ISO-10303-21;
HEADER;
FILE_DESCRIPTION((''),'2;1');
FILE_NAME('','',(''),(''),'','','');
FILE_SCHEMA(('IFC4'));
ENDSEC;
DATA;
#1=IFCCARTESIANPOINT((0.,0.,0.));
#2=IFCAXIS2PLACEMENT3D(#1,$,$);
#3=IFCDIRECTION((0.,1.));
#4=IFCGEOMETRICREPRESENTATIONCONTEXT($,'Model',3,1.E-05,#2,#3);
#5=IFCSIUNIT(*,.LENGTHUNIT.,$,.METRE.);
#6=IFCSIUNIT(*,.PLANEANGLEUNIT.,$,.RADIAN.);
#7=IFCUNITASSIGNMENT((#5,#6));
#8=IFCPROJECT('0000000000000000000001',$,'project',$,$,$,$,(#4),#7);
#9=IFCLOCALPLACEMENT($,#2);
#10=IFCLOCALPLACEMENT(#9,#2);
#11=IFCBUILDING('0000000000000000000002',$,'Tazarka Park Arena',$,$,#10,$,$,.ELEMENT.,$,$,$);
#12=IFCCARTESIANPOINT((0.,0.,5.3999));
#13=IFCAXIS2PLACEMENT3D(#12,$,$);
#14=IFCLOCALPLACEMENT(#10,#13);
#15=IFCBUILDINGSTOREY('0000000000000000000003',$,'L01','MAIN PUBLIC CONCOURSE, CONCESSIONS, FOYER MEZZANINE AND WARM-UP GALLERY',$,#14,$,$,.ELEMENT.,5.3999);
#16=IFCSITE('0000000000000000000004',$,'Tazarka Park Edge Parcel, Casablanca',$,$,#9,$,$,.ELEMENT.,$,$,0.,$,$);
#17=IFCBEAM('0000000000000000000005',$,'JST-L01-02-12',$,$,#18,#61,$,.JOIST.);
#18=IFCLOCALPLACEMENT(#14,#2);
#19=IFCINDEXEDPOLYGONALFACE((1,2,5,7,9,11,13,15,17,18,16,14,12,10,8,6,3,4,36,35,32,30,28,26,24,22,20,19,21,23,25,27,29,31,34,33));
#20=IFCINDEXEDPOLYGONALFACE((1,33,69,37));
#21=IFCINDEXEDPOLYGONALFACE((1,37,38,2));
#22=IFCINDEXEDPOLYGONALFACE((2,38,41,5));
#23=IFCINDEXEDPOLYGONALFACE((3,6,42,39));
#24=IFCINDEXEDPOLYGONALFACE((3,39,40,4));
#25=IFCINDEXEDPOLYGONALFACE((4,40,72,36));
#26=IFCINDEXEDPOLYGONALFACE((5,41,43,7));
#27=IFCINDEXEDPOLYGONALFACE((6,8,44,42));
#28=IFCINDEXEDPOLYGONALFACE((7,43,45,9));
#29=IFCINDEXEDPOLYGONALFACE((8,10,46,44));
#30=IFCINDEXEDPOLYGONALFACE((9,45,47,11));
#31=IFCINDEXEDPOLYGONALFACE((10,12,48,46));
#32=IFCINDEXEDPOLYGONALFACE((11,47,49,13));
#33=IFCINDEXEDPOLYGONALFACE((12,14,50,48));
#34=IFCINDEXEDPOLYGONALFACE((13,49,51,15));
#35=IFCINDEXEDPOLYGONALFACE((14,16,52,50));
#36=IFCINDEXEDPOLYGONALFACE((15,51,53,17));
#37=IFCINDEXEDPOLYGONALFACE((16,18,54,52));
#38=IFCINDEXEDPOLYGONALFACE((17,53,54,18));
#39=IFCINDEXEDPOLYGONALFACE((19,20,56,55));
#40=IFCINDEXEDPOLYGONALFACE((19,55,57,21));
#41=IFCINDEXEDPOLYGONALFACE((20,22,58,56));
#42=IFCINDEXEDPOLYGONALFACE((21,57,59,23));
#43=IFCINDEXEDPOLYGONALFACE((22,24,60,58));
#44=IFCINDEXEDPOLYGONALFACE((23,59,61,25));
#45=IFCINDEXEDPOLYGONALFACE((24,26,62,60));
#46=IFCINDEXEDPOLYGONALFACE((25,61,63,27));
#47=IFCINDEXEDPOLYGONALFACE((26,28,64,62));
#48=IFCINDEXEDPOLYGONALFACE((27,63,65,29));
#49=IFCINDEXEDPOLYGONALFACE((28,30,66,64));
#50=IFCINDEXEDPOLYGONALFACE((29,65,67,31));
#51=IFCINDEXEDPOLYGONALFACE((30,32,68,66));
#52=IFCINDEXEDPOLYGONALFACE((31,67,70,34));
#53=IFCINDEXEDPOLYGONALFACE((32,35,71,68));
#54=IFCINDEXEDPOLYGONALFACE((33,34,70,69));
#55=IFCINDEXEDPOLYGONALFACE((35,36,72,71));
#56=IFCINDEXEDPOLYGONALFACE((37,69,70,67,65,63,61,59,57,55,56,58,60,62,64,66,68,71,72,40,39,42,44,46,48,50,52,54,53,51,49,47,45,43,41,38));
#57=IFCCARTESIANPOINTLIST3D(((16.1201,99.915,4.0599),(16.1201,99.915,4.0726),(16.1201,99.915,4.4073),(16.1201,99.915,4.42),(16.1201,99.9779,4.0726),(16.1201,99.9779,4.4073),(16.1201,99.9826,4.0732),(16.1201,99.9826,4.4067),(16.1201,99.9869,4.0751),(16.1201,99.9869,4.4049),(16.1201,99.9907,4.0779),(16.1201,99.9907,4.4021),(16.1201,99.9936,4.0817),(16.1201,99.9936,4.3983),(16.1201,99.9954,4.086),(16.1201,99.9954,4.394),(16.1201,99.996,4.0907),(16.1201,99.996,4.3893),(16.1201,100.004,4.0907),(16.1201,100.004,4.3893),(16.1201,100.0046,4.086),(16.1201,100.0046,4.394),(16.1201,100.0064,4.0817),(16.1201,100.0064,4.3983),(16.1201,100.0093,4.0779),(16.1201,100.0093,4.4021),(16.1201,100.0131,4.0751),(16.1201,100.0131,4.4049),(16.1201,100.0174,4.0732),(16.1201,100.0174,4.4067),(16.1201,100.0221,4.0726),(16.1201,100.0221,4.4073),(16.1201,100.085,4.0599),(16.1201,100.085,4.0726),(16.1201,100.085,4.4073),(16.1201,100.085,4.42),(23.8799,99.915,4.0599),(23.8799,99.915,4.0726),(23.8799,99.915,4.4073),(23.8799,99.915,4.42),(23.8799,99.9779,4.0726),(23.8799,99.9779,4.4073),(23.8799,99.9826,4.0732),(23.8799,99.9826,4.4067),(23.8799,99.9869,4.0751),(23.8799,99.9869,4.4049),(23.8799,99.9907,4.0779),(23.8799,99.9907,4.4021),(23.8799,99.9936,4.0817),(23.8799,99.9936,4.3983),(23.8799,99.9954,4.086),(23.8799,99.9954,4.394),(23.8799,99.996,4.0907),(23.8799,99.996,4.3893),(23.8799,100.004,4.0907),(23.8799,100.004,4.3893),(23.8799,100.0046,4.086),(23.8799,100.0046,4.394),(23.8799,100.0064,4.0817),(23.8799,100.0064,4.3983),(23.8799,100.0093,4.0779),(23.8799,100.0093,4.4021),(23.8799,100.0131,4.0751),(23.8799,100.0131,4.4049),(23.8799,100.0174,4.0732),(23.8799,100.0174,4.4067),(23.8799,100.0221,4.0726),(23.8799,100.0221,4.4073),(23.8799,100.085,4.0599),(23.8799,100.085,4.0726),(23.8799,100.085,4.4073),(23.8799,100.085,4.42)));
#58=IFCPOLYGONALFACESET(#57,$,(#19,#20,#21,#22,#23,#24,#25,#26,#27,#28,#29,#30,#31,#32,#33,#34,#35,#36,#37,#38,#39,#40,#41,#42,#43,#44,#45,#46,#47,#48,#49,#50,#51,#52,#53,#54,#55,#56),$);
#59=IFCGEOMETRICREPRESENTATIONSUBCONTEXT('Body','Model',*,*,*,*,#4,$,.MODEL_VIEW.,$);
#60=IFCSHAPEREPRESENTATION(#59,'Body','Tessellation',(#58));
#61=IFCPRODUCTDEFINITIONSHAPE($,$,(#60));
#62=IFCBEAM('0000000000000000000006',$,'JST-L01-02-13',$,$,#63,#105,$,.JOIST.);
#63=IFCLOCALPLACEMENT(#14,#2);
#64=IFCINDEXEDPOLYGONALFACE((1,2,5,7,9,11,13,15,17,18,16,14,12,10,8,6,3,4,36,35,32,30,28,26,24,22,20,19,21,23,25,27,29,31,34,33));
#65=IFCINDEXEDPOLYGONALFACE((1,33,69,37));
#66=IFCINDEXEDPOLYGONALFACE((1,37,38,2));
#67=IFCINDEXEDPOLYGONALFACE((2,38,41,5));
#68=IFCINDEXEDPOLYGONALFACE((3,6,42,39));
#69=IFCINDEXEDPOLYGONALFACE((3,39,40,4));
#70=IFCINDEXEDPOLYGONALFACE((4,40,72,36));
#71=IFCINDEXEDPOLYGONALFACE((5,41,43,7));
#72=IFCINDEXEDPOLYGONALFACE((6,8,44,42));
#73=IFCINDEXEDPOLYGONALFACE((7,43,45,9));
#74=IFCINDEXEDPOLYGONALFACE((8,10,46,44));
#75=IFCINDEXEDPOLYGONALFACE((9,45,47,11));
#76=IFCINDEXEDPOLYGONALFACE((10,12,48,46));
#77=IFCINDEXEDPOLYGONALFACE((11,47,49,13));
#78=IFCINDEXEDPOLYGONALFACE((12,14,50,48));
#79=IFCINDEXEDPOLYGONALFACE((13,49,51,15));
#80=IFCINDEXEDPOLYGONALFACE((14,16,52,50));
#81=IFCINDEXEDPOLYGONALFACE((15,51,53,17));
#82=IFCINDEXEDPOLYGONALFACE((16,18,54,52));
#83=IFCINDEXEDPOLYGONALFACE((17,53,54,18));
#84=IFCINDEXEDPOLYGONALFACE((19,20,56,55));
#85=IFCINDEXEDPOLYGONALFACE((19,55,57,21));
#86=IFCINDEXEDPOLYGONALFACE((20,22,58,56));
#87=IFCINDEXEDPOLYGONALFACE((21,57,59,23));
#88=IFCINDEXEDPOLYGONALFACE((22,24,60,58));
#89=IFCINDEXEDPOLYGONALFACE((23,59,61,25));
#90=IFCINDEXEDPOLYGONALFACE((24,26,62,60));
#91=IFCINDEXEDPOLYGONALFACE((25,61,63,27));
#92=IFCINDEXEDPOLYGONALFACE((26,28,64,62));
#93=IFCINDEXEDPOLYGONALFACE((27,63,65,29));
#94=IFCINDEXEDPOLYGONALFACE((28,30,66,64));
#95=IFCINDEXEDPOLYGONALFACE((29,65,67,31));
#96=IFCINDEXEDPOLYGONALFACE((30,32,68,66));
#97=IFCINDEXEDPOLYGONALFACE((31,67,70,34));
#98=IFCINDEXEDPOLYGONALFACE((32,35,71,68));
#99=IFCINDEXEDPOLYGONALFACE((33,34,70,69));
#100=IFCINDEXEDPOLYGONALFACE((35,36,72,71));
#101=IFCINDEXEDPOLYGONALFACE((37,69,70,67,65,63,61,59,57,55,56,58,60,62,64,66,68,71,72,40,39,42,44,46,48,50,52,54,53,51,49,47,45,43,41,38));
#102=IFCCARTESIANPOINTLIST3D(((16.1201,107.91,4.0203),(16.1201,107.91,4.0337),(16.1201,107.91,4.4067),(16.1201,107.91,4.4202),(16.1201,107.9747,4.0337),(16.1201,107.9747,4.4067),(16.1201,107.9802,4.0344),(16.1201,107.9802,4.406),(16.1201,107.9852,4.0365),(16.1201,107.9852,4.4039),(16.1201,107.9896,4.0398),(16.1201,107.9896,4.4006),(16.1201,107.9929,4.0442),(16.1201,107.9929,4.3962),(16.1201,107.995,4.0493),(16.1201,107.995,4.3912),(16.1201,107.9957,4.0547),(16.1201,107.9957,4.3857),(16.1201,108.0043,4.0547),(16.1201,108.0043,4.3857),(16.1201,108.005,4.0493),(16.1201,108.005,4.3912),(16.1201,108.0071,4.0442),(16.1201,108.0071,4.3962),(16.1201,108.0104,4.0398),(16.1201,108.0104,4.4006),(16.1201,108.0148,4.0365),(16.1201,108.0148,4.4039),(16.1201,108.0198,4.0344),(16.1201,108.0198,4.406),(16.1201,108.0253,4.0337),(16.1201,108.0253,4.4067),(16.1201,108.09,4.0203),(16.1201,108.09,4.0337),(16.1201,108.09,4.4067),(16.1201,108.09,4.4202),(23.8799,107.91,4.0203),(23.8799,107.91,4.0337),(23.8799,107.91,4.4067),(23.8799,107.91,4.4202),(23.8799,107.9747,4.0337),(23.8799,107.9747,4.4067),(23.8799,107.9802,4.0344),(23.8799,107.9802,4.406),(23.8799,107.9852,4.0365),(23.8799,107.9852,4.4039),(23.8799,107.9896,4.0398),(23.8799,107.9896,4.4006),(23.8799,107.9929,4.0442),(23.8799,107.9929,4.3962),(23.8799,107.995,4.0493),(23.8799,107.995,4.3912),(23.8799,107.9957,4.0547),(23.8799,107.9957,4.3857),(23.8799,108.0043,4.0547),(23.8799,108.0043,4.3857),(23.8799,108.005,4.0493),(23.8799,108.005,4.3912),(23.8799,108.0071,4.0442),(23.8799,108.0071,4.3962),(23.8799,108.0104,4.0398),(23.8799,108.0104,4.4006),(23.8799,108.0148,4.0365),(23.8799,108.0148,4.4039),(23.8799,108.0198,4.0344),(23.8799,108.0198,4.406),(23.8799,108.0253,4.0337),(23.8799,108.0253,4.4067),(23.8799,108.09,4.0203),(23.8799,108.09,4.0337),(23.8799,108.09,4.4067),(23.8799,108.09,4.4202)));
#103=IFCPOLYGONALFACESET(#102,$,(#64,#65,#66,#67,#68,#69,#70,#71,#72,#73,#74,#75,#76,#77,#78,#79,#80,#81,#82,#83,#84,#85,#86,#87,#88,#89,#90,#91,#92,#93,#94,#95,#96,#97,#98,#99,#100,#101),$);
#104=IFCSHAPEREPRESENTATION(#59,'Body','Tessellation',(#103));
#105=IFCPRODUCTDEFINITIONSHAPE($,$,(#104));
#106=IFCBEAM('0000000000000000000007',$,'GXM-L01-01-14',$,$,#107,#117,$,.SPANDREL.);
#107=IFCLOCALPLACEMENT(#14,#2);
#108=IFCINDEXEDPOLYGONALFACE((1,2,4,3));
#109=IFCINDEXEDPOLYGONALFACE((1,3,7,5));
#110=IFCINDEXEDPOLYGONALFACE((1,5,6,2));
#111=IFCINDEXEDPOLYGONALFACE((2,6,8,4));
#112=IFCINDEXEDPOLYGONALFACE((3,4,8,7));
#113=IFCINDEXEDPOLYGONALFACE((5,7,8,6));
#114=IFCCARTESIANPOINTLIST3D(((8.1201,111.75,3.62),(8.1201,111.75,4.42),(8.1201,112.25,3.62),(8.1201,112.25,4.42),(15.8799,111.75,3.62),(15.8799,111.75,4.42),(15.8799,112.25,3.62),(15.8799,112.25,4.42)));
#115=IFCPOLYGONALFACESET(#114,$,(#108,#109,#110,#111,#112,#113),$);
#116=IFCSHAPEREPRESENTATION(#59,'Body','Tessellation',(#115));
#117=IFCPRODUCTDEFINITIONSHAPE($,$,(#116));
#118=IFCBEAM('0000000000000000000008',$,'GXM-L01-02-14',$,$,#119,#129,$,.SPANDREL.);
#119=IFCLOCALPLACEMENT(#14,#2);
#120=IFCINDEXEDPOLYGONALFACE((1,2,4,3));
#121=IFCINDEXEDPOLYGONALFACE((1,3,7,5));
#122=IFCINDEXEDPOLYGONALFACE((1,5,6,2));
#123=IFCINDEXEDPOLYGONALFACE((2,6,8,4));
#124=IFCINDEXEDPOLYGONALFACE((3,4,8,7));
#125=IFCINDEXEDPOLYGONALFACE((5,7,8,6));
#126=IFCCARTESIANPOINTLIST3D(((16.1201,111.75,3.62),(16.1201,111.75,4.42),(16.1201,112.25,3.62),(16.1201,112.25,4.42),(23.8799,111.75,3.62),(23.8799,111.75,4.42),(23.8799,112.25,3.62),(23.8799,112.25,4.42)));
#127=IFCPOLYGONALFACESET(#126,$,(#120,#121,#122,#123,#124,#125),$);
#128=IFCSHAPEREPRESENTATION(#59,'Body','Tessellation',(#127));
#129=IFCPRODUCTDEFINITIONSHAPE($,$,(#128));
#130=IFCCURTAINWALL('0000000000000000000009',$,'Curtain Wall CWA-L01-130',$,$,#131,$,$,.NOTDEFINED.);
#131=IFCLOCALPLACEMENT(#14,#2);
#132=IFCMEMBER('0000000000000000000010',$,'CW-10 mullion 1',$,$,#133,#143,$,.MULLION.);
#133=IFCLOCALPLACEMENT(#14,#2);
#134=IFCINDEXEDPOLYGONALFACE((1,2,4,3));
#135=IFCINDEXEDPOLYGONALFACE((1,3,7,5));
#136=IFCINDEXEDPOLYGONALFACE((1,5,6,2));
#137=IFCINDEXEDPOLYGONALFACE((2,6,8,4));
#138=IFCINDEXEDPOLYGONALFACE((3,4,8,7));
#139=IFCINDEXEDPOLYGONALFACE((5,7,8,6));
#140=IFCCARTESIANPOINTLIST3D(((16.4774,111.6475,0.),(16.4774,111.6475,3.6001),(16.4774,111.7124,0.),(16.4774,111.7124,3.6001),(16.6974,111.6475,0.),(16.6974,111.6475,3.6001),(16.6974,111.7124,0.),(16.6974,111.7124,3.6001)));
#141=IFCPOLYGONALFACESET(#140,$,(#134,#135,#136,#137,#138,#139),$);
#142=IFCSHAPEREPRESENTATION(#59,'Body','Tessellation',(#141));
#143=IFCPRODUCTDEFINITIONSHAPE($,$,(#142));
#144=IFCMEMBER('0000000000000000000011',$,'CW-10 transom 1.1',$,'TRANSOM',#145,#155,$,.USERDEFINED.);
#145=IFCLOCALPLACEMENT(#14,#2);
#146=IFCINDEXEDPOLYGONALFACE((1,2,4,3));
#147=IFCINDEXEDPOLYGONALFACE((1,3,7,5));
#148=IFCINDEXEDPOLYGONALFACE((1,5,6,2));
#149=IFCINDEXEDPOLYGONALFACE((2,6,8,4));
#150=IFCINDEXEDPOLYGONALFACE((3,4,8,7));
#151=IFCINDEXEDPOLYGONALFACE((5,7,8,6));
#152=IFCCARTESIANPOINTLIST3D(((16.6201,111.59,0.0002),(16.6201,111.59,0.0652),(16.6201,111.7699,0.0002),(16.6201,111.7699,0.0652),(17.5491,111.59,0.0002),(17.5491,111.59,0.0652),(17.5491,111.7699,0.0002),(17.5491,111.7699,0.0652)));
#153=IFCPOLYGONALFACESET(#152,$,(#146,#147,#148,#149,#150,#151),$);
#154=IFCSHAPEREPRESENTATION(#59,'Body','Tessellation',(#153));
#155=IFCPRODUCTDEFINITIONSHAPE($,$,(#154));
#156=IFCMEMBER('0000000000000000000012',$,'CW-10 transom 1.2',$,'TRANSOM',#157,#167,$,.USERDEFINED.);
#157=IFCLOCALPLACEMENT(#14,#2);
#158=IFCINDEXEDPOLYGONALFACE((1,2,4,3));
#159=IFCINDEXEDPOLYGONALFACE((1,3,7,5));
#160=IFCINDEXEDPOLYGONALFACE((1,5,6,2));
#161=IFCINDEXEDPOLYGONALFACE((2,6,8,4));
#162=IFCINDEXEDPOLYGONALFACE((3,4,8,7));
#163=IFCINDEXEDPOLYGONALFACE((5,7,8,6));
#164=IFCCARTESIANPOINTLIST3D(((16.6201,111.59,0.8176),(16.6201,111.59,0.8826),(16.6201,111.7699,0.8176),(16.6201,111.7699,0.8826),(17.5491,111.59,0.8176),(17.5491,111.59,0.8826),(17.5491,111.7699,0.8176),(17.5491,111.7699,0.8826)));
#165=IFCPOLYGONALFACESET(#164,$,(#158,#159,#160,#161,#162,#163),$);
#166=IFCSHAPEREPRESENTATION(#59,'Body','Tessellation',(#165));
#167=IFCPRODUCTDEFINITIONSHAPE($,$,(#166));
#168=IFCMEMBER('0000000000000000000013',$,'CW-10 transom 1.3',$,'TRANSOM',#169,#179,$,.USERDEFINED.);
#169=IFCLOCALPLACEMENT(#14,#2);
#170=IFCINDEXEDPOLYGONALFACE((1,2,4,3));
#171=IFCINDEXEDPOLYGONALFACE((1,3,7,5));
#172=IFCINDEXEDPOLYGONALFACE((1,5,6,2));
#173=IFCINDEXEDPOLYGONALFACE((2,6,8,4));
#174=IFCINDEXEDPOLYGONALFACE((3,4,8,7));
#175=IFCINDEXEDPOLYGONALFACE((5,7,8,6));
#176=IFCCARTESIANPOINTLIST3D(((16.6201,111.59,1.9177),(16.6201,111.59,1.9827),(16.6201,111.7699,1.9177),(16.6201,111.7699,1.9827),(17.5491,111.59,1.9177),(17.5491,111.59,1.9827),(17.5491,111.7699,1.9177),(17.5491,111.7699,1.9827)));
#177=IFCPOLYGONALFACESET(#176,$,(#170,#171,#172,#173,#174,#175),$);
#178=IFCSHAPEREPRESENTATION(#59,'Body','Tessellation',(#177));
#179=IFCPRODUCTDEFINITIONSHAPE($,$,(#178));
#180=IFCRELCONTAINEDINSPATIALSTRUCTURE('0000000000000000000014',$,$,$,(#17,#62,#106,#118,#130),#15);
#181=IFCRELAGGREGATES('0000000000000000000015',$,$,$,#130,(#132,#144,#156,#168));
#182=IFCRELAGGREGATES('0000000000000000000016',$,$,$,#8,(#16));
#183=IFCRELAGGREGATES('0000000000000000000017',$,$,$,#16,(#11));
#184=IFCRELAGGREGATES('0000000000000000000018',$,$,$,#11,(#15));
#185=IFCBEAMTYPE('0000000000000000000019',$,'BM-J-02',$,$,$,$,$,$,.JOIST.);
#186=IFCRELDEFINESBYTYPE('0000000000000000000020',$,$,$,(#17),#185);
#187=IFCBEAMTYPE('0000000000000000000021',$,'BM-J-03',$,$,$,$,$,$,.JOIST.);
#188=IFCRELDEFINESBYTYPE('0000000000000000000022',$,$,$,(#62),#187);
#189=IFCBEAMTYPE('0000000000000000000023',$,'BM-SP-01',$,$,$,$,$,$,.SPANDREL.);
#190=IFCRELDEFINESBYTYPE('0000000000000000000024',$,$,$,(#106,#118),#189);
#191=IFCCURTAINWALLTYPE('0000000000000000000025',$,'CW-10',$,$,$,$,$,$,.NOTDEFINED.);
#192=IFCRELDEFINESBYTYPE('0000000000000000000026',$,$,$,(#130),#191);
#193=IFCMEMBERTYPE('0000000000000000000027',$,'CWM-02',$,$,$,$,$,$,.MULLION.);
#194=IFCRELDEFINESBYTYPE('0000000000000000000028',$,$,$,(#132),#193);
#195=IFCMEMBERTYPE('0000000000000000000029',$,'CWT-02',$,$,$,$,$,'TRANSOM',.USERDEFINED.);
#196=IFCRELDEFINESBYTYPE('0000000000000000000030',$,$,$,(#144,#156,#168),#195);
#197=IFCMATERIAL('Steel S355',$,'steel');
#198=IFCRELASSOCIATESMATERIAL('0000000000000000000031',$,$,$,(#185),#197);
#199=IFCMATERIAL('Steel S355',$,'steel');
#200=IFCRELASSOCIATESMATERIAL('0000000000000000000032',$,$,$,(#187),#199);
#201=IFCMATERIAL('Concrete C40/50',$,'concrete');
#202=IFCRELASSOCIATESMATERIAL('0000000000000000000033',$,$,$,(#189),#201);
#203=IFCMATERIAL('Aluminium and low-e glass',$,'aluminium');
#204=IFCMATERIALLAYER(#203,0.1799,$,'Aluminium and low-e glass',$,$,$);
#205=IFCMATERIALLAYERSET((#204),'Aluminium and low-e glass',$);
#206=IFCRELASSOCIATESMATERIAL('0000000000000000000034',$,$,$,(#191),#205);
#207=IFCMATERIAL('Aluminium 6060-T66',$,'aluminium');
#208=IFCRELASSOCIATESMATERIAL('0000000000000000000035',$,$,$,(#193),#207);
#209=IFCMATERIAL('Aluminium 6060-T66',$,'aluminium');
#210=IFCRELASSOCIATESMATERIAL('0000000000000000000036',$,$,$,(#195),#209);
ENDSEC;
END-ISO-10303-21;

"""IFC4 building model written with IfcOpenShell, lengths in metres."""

from ifc_helpers import new_model, si_unit, direction, frame, origin, origin_2d, place, context, subcontext, project, spatial, rectangle, i_section, extrude, material, layer, layer_set, material_profile, profile_set, type_object, element, aggregate, save


model = new_model("IFC4")

# Units and contexts
model_context = context("Model", 3, precision=1e-05, world=origin(), true_north=direction((0.0, 1.0)))
body_context = subcontext(model_context, "Body", "Model", "MODEL_VIEW")
ifc_project = project(units=[si_unit("LENGTHUNIT", "METRE"), si_unit("PLANEANGLEUNIT", "RADIAN")], contexts=[model_context])

# Site, building, storey
site_placement = place(None, origin())
site = spatial("IfcSite", under=ifc_project, at=site_placement, Name="Tazarka Park Edge Parcel, Casablanca", CompositionType="ELEMENT", RefElevation=0.0)
building_placement = place(site_placement, origin())
building = spatial("IfcBuilding", under=site, at=building_placement, Name="Tazarka Park Arena", CompositionType="ELEMENT")
storey_placement = place(building_placement, frame((0.0, 0.0, 5.3999)))
storey = spatial("IfcBuildingStorey", under=building, at=storey_placement, Name="L01", Description="MAIN PUBLIC CONCOURSE, CONCESSIONS, FOYER MEZZANINE AND WARM-UP GALLERY", CompositionType="ELEMENT", Elevation=5.3999)

# Beams
ifc_material_1 = material(Name="Steel S355", Category="steel")
ifc_material_profile_1 = material_profile(ifc_material_1, i_section(OverallWidth=0.1699, OverallDepth=0.3601, WebThickness=0.0081, FlangeThickness=0.0127, FilletRadius=0.0181, at=origin_2d()), Name="Steel S355")
ifc_profile_set_1 = profile_set([ifc_material_profile_1], Name="Steel S355")
beam_type_1 = type_object("IfcBeamType", Name="BM-J-02", PredefinedType="JOIST", material=ifc_profile_set_1)
for number, where, z_axis, x_axis, name in (
    (1, (16.1201, 100.0, 4.24), (1.0, 0.0, 0.0), (0.0, 1.0, 0.0), "JST-L01-02-12"),
):
    element("IfcBeam", number, at=place(storey_placement, frame(where, z_axis=z_axis, x_axis=x_axis)), inside=storey, type_object=beam_type_1, Name=name, PredefinedType="JOIST", context=body_context, shape_type="SweptSolid", body=[
        extrude(i_section(OverallWidth=0.1699, OverallDepth=0.3601, WebThickness=0.0081, FlangeThickness=0.0127, FilletRadius=0.0181, at=origin_2d()), origin(), (0.0, 0.0, 1.0), 7.7598),
    ])
ifc_material_2 = material(Name="Steel S355", Category="steel")
ifc_material_profile_2 = material_profile(ifc_material_2, i_section(OverallWidth=0.1799, OverallDepth=0.3999, WebThickness=0.0085, FlangeThickness=0.0134, FilletRadius=0.021, at=origin_2d()), Name="Steel S355")
ifc_profile_set_2 = profile_set([ifc_material_profile_2], Name="Steel S355")
beam_type_2 = type_object("IfcBeamType", Name="BM-J-03", PredefinedType="JOIST", material=ifc_profile_set_2)
beam_1_placement = place(storey_placement, frame((16.1201, 108.0, 4.2202), z_axis=(1.0, 0.0, 0.0), x_axis=(0.0, 1.0, 0.0)))
element("IfcBeam", 2, at=beam_1_placement, inside=storey, type_object=beam_type_2, Name="JST-L01-02-13", PredefinedType="JOIST", context=body_context, shape_type="SweptSolid", body=[
    extrude(i_section(OverallWidth=0.1799, OverallDepth=0.3999, WebThickness=0.0085, FlangeThickness=0.0134, FilletRadius=0.021, at=origin_2d()), origin(), (0.0, 0.0, 1.0), 7.7598),
])
ifc_material_3 = material(Name="Concrete C40/50", Category="concrete")
ifc_material_profile_3 = material_profile(ifc_material_3, rectangle(XDim=0.5, YDim=0.8, at=origin_2d()), Name="Concrete C40/50")
ifc_profile_set_3 = profile_set([ifc_material_profile_3], Name="Concrete C40/50")
beam_type_3 = type_object("IfcBeamType", Name="BM-SP-01", PredefinedType="SPANDREL", material=ifc_profile_set_3)
for number, where, z_axis, x_axis, name in (
    (3, (8.1201, 112.0, 4.02), (1.0, 0.0, 0.0), (0.0, 1.0, 0.0), "GXM-L01-01-14"),
    (4, (16.1201, 112.0, 4.02), (1.0, 0.0, 0.0), (0.0, 1.0, 0.0), "GXM-L01-02-14"),
):
    element("IfcBeam", number, at=place(storey_placement, frame(where, z_axis=z_axis, x_axis=x_axis)), inside=storey, type_object=beam_type_3, Name=name, PredefinedType="SPANDREL", context=body_context, shape_type="SweptSolid", body=[
        extrude(rectangle(XDim=0.5, YDim=0.8, at=origin_2d()), origin(), (0.0, 0.0, 1.0), 7.7598),
    ])

# Curtain wall, members
ifc_material_4 = material(Name="Aluminium and low-e glass", Category="aluminium")
ifc_layer_1 = layer(ifc_material_4, 0.1799, Name="Aluminium and low-e glass")
ifc_layer_set_1 = layer_set([ifc_layer_1], Name="Aluminium and low-e glass")
curtain_wall_type = type_object("IfcCurtainWallType", Name="CW-10", PredefinedType="NOTDEFINED", material=ifc_layer_set_1)
curtain_wall_placement = place(storey_placement, origin())
curtain_wall = element("IfcCurtainWall", 5, at=curtain_wall_placement, inside=storey, type_object=curtain_wall_type, Name="Curtain Wall CWA-L01-130", PredefinedType="NOTDEFINED")
ifc_material_5 = material(Name="Aluminium 6060-T66", Category="aluminium")
ifc_material_profile_4 = material_profile(ifc_material_5, rectangle(XDim=0.0649, YDim=0.22, at=origin_2d()), Name="Aluminium 6060-T66")
ifc_profile_set_4 = profile_set([ifc_material_profile_4], Name="Aluminium 6060-T66")
member_type_1 = type_object("IfcMemberType", Name="CWM-02", PredefinedType="MULLION", material=ifc_profile_set_4)
member_1_placement = place(storey_placement, frame((16.5874, 111.6799, 0.0), z_axis=(0.0, 0.0, 1.0), x_axis=(0.0, 1.0, 0.0)))
member_1 = element("IfcMember", 6, at=member_1_placement, type_object=member_type_1, Name="CW-10 mullion 1", PredefinedType="MULLION", context=body_context, shape_type="SweptSolid", body=[
    extrude(rectangle(XDim=0.0649, YDim=0.22, at=origin_2d()), origin(), (0.0, 0.0, 1.0), 3.6001),
])
ifc_material_6 = material(Name="Aluminium 6060-T66", Category="aluminium")
ifc_material_profile_5 = material_profile(ifc_material_6, rectangle(XDim=0.1799, YDim=0.0649, at=origin_2d()), Name="Aluminium 6060-T66")
ifc_profile_set_5 = profile_set([ifc_material_profile_5], Name="Aluminium 6060-T66")
member_type_2 = type_object("IfcMemberType", Name="CWT-02", ElementType="TRANSOM", PredefinedType="USERDEFINED", material=ifc_profile_set_5)
member_2_placement = place(storey_placement, frame((16.6201, 111.6799, 0.0327), z_axis=(1.0, 0.0, 0.0), x_axis=(0.0, 1.0, 0.0)))
member_2 = element("IfcMember", 7, at=member_2_placement, type_object=member_type_2, Name="CW-10 transom 1.1", ObjectType="TRANSOM", PredefinedType="USERDEFINED", context=body_context, shape_type="SweptSolid", body=[
    extrude(rectangle(XDim=0.1799, YDim=0.0649, at=origin_2d()), origin(), (0.0, 0.0, 1.0), 0.929),
])
member_3_placement = place(storey_placement, frame((16.6201, 111.6799, 0.8501), z_axis=(1.0, 0.0, 0.0), x_axis=(0.0, 1.0, 0.0)))
member_3 = element("IfcMember", 8, at=member_3_placement, type_object=member_type_2, Name="CW-10 transom 1.2", ObjectType="TRANSOM", PredefinedType="USERDEFINED", context=body_context, shape_type="SweptSolid", body=[
    extrude(rectangle(XDim=0.1799, YDim=0.0649, at=origin_2d()), origin(), (0.0, 0.0, 1.0), 0.929),
])
member_4_placement = place(storey_placement, frame((16.6201, 111.6799, 1.9502), z_axis=(1.0, 0.0, 0.0), x_axis=(0.0, 1.0, 0.0)))
member_4 = element("IfcMember", 9, at=member_4_placement, type_object=member_type_2, Name="CW-10 transom 1.3", ObjectType="TRANSOM", PredefinedType="USERDEFINED", context=body_context, shape_type="SweptSolid", body=[
    extrude(rectangle(XDim=0.1799, YDim=0.0649, at=origin_2d()), origin(), (0.0, 0.0, 1.0), 0.929),
])
aggregate(curtain_wall, [member_1, member_2, member_3, member_4])

save(model, "model.ifc")
